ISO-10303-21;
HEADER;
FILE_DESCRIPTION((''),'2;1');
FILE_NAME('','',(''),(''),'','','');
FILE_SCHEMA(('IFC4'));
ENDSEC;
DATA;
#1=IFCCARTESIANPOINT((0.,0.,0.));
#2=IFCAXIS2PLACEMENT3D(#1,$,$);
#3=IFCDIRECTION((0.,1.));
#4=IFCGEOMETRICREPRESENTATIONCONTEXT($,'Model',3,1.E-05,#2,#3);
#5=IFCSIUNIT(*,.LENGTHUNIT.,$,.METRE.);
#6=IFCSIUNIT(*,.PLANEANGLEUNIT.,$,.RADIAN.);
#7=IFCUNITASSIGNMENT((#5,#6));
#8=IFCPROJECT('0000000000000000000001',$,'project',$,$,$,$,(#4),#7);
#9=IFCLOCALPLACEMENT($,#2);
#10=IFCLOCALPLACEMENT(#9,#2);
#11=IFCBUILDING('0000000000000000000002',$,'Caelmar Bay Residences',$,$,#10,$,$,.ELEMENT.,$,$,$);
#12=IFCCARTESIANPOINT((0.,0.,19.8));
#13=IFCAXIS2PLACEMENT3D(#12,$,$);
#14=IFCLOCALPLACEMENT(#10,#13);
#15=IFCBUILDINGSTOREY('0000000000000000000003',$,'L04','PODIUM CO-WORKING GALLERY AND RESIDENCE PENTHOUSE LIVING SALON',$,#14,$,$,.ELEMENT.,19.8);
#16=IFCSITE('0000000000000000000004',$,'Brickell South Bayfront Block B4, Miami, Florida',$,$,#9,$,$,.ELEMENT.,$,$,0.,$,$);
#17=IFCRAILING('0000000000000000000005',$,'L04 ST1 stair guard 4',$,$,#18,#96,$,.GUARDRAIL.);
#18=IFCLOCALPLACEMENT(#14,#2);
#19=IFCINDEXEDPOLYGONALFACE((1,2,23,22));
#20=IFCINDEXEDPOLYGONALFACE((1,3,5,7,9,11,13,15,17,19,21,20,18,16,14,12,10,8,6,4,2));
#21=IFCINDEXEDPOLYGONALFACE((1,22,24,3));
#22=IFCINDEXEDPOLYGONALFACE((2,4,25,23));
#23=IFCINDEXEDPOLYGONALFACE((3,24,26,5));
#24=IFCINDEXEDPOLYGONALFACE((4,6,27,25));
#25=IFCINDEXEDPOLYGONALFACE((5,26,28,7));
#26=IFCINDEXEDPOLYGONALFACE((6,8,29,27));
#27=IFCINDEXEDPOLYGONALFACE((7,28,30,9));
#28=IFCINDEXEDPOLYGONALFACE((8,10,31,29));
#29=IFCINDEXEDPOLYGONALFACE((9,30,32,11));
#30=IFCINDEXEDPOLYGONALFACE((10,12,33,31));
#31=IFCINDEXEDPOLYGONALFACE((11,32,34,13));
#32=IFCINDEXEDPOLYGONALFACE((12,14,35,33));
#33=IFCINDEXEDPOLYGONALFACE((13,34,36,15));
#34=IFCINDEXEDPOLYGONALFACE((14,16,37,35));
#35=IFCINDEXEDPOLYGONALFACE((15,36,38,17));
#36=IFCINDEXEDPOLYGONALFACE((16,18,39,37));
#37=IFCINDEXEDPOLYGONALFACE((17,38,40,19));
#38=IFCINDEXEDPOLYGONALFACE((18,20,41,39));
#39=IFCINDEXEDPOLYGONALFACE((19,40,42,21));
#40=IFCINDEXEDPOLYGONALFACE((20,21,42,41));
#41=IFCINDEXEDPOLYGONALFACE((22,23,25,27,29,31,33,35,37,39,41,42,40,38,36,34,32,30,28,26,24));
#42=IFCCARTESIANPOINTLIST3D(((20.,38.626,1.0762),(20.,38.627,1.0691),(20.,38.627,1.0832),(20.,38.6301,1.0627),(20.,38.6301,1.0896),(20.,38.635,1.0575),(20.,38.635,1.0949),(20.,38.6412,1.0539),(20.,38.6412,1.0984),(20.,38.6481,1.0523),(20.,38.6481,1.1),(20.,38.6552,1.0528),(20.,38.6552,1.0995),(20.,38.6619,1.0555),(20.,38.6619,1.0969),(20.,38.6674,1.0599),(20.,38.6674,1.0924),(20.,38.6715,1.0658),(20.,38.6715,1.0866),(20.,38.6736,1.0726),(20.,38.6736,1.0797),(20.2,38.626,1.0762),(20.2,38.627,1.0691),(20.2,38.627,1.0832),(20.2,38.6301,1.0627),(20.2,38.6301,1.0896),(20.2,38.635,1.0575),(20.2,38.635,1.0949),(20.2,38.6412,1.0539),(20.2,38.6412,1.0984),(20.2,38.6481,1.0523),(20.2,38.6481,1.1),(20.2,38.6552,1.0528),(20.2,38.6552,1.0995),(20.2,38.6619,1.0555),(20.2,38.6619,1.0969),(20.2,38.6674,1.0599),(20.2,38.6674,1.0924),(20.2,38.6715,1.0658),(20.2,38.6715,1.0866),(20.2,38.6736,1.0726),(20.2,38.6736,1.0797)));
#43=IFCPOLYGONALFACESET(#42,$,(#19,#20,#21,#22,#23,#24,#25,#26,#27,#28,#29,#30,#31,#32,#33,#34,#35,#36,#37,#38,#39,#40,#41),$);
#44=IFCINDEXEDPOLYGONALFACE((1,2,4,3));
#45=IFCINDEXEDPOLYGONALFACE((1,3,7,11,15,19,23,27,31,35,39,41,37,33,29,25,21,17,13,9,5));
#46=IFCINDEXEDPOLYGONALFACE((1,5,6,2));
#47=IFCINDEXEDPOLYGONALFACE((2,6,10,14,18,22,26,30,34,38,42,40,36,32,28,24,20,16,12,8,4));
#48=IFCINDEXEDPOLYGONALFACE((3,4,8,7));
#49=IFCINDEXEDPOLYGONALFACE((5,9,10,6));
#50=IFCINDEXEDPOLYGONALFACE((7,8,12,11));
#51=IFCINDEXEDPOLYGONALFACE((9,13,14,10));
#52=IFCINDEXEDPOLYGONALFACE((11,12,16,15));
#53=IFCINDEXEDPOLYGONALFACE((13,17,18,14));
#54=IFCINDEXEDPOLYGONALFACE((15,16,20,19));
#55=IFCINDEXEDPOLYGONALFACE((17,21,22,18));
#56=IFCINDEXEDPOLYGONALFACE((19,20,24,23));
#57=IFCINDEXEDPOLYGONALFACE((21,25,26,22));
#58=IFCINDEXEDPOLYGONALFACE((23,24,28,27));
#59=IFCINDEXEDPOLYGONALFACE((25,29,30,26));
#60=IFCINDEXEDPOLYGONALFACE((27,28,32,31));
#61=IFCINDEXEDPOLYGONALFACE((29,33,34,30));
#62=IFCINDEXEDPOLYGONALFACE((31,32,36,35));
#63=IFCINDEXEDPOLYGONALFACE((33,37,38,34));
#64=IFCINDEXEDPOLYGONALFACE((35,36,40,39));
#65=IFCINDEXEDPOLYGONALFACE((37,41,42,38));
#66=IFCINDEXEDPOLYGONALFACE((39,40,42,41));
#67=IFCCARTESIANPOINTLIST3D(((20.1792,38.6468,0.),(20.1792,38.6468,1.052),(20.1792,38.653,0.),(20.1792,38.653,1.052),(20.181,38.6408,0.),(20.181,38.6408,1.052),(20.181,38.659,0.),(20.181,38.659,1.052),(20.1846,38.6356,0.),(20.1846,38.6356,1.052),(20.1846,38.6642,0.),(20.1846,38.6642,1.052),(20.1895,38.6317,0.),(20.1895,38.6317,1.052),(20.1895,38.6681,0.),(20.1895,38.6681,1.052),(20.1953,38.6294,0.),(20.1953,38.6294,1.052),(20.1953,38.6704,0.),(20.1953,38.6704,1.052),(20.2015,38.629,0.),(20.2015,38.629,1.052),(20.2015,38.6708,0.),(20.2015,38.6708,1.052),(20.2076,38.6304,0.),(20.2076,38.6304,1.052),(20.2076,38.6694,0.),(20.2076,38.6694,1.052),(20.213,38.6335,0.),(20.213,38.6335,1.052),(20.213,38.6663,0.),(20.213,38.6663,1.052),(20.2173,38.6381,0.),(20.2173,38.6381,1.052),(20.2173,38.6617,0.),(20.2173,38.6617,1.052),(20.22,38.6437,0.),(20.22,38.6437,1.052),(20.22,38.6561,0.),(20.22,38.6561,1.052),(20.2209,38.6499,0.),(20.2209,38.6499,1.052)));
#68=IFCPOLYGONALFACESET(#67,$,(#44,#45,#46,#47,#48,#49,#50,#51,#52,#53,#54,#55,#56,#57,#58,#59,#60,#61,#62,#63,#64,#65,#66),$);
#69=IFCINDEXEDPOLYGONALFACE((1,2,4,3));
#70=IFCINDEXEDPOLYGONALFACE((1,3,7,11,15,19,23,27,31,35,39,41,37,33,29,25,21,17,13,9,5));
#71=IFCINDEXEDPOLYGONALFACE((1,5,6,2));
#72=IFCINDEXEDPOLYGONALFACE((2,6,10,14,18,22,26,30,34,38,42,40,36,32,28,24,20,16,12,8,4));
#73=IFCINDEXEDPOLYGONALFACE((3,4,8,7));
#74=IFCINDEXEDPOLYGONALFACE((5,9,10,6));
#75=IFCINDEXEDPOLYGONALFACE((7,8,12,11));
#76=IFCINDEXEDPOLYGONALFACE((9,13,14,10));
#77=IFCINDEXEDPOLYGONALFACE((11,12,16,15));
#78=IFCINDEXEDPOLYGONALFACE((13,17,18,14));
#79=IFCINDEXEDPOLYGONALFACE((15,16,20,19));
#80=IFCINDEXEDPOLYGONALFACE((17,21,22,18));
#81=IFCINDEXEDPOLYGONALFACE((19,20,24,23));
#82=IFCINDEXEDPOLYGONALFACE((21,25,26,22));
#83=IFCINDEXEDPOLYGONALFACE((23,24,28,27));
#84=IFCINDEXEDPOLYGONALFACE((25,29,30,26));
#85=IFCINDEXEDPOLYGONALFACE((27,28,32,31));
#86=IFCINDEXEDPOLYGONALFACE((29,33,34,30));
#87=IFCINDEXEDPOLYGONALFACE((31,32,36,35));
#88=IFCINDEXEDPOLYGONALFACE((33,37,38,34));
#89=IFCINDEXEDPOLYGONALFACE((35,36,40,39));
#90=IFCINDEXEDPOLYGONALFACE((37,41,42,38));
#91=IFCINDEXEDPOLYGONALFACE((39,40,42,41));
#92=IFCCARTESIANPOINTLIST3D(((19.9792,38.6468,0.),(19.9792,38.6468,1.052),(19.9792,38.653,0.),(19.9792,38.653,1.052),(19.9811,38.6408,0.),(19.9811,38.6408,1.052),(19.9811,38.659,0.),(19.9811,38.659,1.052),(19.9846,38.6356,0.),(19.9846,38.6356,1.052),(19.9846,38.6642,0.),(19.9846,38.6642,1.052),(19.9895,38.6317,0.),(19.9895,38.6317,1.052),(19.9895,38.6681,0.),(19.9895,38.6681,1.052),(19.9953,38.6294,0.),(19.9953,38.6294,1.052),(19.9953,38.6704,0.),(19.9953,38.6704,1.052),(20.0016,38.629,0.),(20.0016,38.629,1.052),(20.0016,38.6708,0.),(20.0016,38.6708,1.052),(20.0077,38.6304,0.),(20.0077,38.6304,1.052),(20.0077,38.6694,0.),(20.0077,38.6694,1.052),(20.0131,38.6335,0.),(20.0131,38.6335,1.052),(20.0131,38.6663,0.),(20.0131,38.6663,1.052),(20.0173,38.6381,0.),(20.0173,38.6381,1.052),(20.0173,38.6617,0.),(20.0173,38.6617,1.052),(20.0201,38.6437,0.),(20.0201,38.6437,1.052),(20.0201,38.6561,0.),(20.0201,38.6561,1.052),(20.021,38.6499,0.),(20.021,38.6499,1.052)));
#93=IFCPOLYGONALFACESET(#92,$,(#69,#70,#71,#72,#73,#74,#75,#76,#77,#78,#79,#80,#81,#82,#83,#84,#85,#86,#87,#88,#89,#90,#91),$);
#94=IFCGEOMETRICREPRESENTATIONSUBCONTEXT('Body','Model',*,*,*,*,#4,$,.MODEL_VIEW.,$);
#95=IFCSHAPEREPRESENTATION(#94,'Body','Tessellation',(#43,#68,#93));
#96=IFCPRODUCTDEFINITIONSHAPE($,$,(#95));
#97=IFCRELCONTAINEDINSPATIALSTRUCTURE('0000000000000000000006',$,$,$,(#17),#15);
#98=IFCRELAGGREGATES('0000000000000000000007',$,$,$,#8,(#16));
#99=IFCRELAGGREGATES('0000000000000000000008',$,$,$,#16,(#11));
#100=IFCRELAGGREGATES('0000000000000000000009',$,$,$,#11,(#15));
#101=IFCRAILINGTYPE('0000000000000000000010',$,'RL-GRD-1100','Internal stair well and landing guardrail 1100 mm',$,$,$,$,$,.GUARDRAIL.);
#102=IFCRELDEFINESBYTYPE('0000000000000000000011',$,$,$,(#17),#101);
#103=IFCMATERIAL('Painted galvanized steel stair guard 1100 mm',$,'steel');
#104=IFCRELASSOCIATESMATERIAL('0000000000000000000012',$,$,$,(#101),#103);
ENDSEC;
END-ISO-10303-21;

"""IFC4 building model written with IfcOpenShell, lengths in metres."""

from ifc_helpers import new_model, si_unit, direction, frame, origin, origin_2d, place, context, subcontext, project, spatial, circle, extrude, material, type_object, element, save


model = new_model("IFC4")

# Units and contexts
model_context = context("Model", 3, precision=1e-05, world=origin(), true_north=direction((0.0, 1.0)))
body_context = subcontext(model_context, "Body", "Model", "MODEL_VIEW")
ifc_project = project(units=[si_unit("LENGTHUNIT", "METRE"), si_unit("PLANEANGLEUNIT", "RADIAN")], contexts=[model_context])

# Site, building, storey
site_placement = place(None, origin())
site = spatial("IfcSite", under=ifc_project, at=site_placement, Name="Brickell South Bayfront Block B4, Miami, Florida", CompositionType="ELEMENT", RefElevation=0.0)
building_placement = place(site_placement, origin())
building = spatial("IfcBuilding", under=site, at=building_placement, Name="Caelmar Bay Residences", CompositionType="ELEMENT")
storey_placement = place(building_placement, frame((0.0, 0.0, 19.8)))
storey = spatial("IfcBuildingStorey", under=building, at=storey_placement, Name="L04", Description="PODIUM CO-WORKING GALLERY AND RESIDENCE PENTHOUSE LIVING SALON", CompositionType="ELEMENT", Elevation=19.8)

# Railing
ifc_material_1 = material(Name="Painted galvanized steel stair guard 1100 mm", Category="steel")
railing_type_1 = type_object("IfcRailingType", Name="RL-GRD-1100", Description="Internal stair well and landing guardrail 1100 mm", PredefinedType="GUARDRAIL", material=ifc_material_1)
railing_1_placement = place(storey_placement, frame((20.2, 38.6499, 0.0)))
element("IfcRailing", 1, at=railing_1_placement, inside=storey, type_object=railing_type_1, Name="L04 ST1 stair guard 4", PredefinedType="GUARDRAIL", context=body_context, shape_type="SweptSolid", body=[
    extrude(circle(Radius=0.0239, at=origin_2d()), frame((0.0, 0.0, 1.0762), z_axis=(-1.0, 0.0, 0.0), x_axis=(0.0, -1.0, 0.0)), (0.0, 0.0, 1.0), 0.2),
    extrude(circle(Radius=0.021, at=origin_2d()), origin(), (0.0, 0.0, 1.0), 1.052),
    extrude(circle(Radius=0.021, at=origin_2d()), frame((-0.2, 0.0, 0.0)), (0.0, 0.0, 1.0), 1.052),
])

save(model, "model.ifc")
